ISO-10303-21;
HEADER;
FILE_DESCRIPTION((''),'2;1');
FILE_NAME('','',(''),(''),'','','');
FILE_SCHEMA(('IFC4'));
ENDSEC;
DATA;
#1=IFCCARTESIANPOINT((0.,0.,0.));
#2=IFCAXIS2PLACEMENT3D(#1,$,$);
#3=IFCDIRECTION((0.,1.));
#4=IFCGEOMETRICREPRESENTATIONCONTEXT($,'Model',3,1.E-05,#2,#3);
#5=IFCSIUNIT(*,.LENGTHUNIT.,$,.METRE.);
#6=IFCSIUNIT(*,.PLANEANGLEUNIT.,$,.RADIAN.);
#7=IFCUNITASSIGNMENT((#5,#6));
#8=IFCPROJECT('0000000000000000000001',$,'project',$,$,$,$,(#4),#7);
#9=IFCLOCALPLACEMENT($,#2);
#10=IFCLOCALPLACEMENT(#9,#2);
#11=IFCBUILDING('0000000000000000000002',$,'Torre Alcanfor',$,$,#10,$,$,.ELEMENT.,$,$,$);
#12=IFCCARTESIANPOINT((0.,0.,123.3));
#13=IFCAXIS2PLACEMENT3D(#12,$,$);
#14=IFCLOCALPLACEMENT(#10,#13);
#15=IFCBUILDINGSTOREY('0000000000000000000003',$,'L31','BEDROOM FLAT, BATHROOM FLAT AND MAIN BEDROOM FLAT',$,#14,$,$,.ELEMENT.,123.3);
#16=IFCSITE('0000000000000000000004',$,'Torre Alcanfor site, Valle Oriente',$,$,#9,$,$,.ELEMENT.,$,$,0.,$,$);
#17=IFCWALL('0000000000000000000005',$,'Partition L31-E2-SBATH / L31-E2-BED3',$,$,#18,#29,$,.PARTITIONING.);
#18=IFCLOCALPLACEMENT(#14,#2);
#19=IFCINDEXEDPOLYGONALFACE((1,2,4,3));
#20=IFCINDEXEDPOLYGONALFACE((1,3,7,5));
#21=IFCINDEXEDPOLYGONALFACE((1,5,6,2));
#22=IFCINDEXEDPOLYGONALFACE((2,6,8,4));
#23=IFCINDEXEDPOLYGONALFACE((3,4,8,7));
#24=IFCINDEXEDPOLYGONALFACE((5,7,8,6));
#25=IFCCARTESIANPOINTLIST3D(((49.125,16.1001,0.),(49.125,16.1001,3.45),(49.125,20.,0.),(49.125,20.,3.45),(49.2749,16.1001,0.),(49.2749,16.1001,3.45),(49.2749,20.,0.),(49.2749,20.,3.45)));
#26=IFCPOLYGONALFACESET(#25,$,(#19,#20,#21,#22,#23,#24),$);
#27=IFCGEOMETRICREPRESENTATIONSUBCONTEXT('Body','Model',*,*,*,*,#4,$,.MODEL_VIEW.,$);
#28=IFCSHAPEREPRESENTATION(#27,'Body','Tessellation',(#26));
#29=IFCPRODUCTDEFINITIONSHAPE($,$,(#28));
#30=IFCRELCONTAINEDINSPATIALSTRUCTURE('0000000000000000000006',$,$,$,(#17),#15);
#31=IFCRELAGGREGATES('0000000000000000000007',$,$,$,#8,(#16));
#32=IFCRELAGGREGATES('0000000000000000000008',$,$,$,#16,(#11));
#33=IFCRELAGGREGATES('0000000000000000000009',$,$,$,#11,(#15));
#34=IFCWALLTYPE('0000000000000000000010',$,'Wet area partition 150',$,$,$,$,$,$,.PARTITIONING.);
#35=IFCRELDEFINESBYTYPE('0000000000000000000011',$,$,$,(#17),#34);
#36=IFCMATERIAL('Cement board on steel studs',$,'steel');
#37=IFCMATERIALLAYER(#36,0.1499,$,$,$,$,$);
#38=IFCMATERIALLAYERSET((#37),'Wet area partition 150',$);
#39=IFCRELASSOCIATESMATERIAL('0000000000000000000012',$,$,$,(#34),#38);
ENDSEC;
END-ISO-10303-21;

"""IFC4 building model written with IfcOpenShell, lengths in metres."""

from ifc_helpers import new_model, si_unit, direction, frame, frame_2d, origin, place, context, subcontext, project, spatial, rectangle, extrude, material, layer, layer_set, type_object, element, save


model = new_model("IFC4")

# Units and contexts
model_context = context("Model", 3, precision=1e-05, world=origin(), true_north=direction((0.0, 1.0)))
body_context = subcontext(model_context, "Body", "Model", "MODEL_VIEW")
ifc_project = project(units=[si_unit("LENGTHUNIT", "METRE"), si_unit("PLANEANGLEUNIT", "RADIAN")], contexts=[model_context])

# Site, building, storey
site_placement = place(None, origin())
site = spatial("IfcSite", under=ifc_project, at=site_placement, Name="Torre Alcanfor site, Valle Oriente", CompositionType="ELEMENT", RefElevation=0.0)
building_placement = place(site_placement, origin())
building = spatial("IfcBuilding", under=site, at=building_placement, Name="Torre Alcanfor", CompositionType="ELEMENT")
storey_placement = place(building_placement, frame((0.0, 0.0, 123.3)))
storey = spatial("IfcBuildingStorey", under=building, at=storey_placement, Name="L31", Description="BEDROOM FLAT, BATHROOM FLAT AND MAIN BEDROOM FLAT", CompositionType="ELEMENT", Elevation=123.3)

# Shared definitions
ifc_material_1 = material(Name="Cement board on steel studs", Category="steel")
ifc_layer_1 = layer(ifc_material_1, 0.1499)
ifc_layer_set_1 = layer_set([ifc_layer_1], Name="Wet area partition 150")
wall_type_1 = type_object("IfcWallType", Name="Wet area partition 150", PredefinedType="PARTITIONING", material=ifc_layer_set_1)

# Wall
wall_1_placement = place(storey_placement, frame((49.2, 20.0, 0.0), z_axis=(0.0, 0.0, 1.0), x_axis=(0.0, -1.0, 0.0)))
element("IfcWall", 1, at=wall_1_placement, inside=storey, type_object=wall_type_1, Name="Partition L31-E2-SBATH / L31-E2-BED3", PredefinedType="PARTITIONING", context=body_context, shape_type="SweptSolid", body=[
    extrude(rectangle(XDim=3.8999, YDim=0.1499, at=frame_2d((1.95, 0.0))), origin(), (0.0, 0.0, 1.0), 3.45),
])

save(model, "model.ifc")
